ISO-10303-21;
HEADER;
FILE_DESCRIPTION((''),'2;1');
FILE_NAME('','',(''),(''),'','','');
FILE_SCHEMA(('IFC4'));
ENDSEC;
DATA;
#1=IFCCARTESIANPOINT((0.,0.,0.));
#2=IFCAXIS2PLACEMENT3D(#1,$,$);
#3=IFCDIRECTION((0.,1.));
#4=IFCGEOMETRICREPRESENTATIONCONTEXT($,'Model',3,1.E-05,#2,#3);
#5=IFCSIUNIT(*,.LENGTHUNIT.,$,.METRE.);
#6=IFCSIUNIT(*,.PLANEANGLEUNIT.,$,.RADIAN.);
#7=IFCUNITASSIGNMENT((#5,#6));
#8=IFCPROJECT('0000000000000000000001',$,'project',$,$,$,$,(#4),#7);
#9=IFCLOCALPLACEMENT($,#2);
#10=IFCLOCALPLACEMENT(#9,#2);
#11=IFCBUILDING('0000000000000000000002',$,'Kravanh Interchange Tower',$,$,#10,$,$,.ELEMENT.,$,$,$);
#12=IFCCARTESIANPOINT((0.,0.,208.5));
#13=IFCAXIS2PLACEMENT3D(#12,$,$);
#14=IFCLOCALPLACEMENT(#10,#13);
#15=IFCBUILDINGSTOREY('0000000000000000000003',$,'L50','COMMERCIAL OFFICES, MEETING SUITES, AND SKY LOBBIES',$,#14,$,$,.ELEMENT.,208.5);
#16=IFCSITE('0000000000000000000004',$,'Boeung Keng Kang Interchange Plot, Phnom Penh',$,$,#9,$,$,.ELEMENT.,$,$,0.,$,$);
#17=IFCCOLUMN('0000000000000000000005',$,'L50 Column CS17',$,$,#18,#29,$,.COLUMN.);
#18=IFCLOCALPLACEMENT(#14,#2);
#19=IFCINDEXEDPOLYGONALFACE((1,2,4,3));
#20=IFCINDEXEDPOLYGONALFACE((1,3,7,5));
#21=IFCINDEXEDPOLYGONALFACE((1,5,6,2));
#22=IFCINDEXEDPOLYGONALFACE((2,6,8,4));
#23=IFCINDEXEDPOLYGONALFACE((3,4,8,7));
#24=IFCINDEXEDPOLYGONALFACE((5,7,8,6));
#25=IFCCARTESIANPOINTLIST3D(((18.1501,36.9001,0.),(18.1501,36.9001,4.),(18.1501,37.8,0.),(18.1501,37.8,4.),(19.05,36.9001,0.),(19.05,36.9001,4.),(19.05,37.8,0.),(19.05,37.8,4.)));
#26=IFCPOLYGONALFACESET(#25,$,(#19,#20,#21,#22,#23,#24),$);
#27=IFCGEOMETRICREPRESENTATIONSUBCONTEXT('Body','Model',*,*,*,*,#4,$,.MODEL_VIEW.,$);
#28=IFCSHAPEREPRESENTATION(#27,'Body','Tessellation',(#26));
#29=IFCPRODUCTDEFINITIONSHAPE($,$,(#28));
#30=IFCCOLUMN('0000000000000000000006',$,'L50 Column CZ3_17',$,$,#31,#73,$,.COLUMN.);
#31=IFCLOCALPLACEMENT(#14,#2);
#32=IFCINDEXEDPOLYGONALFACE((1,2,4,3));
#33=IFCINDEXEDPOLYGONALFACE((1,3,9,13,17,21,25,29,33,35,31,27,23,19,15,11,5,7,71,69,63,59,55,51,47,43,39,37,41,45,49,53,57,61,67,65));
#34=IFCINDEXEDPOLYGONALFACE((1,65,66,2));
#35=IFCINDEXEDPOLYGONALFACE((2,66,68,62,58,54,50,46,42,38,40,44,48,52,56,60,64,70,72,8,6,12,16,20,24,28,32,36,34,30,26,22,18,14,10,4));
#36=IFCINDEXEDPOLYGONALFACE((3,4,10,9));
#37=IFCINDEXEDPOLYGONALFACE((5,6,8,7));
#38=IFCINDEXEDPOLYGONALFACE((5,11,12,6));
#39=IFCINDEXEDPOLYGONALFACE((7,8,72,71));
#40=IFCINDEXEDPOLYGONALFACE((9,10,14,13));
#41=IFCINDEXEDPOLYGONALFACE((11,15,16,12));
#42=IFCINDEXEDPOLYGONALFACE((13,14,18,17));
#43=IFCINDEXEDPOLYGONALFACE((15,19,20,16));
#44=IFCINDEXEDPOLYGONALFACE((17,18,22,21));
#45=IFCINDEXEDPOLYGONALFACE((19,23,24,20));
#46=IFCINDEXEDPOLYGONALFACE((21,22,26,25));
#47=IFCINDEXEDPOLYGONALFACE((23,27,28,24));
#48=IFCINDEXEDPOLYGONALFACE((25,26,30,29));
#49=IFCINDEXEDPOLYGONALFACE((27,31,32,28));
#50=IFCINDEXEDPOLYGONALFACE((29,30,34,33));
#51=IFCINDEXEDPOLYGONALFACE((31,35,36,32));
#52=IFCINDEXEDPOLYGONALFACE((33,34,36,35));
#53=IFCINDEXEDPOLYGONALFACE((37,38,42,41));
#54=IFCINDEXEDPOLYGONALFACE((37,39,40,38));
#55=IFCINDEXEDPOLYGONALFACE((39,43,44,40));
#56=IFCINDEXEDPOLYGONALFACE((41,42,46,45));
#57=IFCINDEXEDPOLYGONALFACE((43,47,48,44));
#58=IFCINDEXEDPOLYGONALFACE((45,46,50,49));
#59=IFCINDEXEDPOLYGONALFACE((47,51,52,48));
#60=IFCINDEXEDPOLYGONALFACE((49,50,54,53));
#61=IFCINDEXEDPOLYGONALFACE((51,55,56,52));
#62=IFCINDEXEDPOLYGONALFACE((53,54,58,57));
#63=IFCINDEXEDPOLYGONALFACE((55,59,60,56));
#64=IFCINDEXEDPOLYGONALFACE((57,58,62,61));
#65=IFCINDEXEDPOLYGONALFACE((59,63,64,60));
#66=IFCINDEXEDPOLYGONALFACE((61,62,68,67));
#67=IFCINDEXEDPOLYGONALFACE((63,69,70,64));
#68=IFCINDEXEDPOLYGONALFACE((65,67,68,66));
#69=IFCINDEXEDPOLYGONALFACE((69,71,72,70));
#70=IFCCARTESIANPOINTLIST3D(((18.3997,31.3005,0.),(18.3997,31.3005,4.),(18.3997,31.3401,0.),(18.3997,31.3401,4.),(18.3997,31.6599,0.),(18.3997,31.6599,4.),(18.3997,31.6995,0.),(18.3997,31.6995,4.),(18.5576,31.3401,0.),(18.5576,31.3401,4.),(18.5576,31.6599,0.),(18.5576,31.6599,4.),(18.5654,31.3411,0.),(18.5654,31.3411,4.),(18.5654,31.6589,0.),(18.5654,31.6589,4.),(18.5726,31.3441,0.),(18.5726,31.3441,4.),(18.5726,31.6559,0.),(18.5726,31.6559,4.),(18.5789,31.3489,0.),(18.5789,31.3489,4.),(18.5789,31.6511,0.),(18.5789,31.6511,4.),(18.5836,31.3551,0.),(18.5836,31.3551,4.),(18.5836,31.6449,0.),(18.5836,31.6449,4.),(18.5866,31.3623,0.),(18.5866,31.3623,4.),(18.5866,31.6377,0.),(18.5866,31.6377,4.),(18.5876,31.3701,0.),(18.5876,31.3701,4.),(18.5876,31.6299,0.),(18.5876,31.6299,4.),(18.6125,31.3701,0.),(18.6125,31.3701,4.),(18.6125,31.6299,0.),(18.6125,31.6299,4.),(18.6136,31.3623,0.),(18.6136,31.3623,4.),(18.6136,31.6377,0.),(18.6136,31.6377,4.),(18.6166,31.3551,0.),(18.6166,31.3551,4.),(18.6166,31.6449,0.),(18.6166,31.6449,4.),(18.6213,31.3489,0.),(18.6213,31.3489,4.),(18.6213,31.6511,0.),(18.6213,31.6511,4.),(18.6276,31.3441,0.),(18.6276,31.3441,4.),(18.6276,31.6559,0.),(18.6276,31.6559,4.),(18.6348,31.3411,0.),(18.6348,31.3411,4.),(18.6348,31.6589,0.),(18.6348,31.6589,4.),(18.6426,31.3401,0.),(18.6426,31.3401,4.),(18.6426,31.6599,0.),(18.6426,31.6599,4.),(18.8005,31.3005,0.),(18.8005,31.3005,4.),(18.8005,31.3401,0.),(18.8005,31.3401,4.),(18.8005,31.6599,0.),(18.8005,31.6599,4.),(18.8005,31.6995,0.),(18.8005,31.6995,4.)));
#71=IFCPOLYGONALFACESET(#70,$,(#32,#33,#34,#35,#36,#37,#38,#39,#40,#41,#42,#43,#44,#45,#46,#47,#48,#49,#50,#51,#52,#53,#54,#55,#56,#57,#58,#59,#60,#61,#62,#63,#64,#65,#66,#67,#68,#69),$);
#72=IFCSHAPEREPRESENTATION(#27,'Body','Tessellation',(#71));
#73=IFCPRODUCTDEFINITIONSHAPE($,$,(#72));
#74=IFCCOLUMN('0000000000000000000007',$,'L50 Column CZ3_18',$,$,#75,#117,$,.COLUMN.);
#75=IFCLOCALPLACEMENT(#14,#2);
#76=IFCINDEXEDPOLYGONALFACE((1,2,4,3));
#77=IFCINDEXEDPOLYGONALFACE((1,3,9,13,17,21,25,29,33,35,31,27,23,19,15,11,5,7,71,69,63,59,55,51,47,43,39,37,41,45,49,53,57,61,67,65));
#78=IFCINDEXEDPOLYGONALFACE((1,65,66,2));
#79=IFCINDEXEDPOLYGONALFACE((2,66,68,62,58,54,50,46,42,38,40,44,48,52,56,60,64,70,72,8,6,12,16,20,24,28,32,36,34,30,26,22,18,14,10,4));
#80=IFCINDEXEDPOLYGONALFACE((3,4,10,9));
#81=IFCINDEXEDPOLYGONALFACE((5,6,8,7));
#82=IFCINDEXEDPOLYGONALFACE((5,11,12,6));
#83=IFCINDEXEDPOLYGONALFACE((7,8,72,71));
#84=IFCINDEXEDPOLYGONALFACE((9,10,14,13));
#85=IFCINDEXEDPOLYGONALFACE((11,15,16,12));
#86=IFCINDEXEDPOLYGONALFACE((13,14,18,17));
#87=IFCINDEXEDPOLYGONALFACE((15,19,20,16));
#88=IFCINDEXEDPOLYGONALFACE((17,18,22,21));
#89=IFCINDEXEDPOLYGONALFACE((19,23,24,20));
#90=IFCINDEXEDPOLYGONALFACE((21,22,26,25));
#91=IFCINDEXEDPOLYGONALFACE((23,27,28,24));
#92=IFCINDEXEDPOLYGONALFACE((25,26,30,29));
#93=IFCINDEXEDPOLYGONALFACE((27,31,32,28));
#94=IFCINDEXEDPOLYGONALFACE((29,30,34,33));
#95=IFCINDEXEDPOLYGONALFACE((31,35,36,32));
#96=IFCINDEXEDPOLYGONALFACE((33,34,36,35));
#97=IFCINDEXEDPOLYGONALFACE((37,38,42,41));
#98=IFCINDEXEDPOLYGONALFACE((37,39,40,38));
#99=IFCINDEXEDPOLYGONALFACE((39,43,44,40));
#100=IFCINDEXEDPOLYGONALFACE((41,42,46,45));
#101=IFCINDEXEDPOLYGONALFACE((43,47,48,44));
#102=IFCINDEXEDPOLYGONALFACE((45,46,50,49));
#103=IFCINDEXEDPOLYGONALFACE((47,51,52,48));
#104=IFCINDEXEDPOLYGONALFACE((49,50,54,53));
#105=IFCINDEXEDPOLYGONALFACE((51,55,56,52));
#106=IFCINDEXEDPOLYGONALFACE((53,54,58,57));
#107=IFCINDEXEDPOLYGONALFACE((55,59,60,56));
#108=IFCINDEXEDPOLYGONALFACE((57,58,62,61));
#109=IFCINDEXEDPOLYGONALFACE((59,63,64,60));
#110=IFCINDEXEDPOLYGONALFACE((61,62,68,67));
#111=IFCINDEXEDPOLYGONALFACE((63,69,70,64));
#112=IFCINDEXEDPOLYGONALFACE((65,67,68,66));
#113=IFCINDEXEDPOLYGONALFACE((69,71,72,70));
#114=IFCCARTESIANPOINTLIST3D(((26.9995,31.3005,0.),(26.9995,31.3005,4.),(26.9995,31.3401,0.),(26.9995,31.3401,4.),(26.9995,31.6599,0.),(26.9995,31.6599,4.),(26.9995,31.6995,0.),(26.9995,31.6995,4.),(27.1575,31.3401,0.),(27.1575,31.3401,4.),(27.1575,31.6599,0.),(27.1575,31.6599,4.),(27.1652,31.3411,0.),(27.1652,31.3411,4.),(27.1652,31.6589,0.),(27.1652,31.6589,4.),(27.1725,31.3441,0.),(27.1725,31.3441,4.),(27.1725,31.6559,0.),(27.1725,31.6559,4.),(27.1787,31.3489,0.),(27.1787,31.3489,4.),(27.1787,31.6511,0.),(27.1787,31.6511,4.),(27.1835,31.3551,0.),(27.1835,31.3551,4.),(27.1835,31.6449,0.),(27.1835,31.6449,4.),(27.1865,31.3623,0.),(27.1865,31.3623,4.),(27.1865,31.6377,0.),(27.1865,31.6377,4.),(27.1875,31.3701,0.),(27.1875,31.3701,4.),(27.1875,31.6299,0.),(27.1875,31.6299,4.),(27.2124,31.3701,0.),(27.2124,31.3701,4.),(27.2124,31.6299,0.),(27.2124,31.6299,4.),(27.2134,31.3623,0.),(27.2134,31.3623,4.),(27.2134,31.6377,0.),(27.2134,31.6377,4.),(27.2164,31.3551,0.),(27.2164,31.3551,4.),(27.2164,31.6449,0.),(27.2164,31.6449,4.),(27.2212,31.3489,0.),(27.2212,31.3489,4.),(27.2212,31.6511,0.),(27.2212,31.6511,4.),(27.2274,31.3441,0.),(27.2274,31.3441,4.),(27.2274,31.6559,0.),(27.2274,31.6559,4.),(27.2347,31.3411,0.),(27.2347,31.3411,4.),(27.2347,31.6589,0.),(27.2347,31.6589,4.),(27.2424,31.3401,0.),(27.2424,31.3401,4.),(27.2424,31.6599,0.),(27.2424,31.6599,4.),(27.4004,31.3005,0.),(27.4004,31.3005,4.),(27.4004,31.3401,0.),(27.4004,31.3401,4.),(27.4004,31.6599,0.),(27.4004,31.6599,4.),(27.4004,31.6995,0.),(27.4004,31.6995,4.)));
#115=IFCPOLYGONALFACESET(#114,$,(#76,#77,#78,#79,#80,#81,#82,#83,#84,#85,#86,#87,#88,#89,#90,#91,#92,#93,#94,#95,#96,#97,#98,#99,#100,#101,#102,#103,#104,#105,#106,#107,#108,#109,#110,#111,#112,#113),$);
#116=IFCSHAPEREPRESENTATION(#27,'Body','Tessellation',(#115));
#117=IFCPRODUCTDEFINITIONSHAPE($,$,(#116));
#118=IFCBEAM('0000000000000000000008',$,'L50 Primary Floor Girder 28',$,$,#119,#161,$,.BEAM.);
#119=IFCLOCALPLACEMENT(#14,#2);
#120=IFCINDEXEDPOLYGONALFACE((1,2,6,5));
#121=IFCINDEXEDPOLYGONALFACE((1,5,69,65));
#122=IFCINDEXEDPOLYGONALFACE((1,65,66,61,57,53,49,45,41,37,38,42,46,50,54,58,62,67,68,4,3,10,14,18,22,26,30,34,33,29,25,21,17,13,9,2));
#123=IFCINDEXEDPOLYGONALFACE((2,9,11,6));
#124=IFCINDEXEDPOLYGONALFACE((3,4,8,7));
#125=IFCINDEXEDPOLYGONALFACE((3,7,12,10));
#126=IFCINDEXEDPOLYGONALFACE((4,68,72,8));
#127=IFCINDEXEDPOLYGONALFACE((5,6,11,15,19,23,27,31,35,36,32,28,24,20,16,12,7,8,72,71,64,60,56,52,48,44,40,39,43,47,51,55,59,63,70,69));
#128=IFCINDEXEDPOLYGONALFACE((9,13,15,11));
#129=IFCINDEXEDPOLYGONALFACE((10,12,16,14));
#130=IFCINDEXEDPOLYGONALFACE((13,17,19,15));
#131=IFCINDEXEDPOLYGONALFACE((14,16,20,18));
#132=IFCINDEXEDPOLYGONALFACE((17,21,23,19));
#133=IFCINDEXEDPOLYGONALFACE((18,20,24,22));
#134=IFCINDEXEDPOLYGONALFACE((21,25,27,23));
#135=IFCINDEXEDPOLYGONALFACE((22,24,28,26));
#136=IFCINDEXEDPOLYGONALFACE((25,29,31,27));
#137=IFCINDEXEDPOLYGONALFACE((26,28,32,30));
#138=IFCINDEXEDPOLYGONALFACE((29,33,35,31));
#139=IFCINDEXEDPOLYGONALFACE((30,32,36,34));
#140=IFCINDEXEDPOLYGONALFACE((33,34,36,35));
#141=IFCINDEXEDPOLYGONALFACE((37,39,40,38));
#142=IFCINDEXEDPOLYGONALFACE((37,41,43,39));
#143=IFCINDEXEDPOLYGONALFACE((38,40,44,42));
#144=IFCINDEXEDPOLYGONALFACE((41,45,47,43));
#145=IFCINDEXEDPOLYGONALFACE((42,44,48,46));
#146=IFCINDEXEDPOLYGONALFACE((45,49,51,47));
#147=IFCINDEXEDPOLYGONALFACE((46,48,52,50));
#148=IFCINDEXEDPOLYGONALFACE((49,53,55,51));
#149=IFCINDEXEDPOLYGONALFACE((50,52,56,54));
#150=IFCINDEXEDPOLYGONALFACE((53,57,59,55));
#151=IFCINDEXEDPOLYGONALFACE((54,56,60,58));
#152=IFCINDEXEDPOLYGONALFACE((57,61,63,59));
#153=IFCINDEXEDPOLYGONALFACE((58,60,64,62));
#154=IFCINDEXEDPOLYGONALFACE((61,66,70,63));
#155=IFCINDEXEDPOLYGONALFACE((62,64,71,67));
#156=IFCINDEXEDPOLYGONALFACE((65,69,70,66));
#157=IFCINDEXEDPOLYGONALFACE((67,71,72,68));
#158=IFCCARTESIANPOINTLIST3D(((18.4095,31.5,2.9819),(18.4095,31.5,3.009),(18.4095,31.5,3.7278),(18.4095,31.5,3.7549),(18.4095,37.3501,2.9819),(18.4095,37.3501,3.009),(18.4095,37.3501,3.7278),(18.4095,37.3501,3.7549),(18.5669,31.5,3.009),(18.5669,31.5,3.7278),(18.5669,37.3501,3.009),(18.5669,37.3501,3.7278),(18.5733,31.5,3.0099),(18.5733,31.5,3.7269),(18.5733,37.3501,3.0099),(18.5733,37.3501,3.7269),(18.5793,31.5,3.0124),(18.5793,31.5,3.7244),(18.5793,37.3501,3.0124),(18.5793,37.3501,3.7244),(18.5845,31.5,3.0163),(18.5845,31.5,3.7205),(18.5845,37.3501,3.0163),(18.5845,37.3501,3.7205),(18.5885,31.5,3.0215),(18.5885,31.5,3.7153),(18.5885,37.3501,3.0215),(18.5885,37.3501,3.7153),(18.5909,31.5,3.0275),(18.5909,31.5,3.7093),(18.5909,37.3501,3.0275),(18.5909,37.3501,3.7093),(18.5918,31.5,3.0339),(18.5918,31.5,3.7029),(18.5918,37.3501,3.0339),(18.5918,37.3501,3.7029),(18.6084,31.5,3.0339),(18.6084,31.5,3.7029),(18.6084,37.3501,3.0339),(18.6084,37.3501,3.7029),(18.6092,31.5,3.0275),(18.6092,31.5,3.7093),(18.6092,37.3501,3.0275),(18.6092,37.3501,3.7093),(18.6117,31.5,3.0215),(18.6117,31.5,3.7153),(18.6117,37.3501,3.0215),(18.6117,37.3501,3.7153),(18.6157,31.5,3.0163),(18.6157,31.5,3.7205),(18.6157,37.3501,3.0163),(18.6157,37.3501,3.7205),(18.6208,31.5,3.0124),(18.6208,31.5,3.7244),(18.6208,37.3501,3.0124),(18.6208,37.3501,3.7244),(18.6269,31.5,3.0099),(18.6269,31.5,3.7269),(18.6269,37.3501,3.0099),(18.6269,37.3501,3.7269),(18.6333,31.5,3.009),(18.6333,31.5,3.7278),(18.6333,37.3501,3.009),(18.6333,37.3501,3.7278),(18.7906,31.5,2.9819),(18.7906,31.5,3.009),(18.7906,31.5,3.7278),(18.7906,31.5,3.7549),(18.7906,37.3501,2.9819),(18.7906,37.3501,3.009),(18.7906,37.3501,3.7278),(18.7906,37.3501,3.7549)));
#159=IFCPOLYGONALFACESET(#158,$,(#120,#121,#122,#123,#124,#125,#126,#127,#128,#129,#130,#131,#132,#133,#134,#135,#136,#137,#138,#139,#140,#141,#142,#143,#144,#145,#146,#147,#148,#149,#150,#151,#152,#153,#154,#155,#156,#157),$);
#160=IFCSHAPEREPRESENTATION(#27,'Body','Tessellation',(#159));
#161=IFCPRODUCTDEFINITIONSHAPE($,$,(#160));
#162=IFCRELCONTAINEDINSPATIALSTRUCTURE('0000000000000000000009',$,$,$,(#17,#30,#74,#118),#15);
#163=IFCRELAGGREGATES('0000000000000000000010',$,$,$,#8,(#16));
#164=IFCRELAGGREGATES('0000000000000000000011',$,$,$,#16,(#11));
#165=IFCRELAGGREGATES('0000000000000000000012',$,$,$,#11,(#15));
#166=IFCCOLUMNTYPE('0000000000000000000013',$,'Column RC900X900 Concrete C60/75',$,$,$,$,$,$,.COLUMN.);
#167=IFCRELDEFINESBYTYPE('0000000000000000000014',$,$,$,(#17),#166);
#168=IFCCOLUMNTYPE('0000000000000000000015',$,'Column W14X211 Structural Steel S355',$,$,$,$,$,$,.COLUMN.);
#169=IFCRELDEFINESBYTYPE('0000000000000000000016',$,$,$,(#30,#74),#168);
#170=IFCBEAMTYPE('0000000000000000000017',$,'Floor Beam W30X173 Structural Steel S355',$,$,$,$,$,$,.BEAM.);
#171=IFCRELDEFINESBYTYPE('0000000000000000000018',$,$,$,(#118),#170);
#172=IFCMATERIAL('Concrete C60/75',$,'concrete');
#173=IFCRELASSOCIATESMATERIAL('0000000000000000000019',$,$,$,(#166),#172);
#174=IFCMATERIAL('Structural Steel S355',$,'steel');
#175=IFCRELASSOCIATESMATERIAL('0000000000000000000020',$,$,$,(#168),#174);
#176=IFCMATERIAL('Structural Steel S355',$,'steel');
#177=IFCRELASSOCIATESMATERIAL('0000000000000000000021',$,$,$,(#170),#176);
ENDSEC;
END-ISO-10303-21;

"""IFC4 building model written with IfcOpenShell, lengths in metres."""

from ifc_helpers import new_model, si_unit, direction, frame, origin, origin_2d, place, context, subcontext, project, spatial, rectangle, i_section, extrude, material, material_profile, profile_set, type_object, element, save


model = new_model("IFC4")

# Units and contexts
model_context = context("Model", 3, precision=1e-05, world=origin(), true_north=direction((0.0, 1.0)))
body_context = subcontext(model_context, "Body", "Model", "MODEL_VIEW")
ifc_project = project(units=[si_unit("LENGTHUNIT", "METRE"), si_unit("PLANEANGLEUNIT", "RADIAN")], contexts=[model_context])

# Site, building, storey
site_placement = place(None, origin())
site = spatial("IfcSite", under=ifc_project, at=site_placement, Name="Boeung Keng Kang Interchange Plot, Phnom Penh", CompositionType="ELEMENT", RefElevation=0.0)
building_placement = place(site_placement, origin())
building = spatial("IfcBuilding", under=site, at=building_placement, Name="Kravanh Interchange Tower", CompositionType="ELEMENT")
storey_placement = place(building_placement, frame((0.0, 0.0, 208.5)))
storey = spatial("IfcBuildingStorey", under=building, at=storey_placement, Name="L50", Description="COMMERCIAL OFFICES, MEETING SUITES, AND SKY LOBBIES", CompositionType="ELEMENT", Elevation=208.5)

# Columns
ifc_material_1 = material(Name="Concrete C60/75", Category="concrete")
ifc_material_profile_1 = material_profile(ifc_material_1, rectangle(XDim=0.8999, YDim=0.8999, at=origin_2d()), Name="RC900X900")
ifc_profile_set_1 = profile_set([ifc_material_profile_1], Name="Concrete C60/75")
column_type_1 = type_object("IfcColumnType", Name="Column RC900X900 Concrete C60/75", PredefinedType="COLUMN", material=ifc_profile_set_1)
column_placement = place(storey_placement, frame((18.6001, 37.3501, 0.0), z_axis=(0.0, 0.0, 1.0), x_axis=(1.0, 0.0, 0.0)))
element("IfcColumn", 1, at=column_placement, inside=storey, type_object=column_type_1, Name="L50 Column CS17", PredefinedType="COLUMN", context=body_context, shape_type="SweptSolid", body=[
    extrude(rectangle(XDim=0.8999, YDim=0.8999, at=origin_2d()), origin(), (0.0, 0.0, 1.0), 4.0),
])
ifc_material_2 = material(Name="Structural Steel S355", Category="steel")
ifc_material_profile_2 = material_profile(ifc_material_2, i_section(OverallWidth=0.4009, OverallDepth=0.3989, WebThickness=0.0249, FlangeThickness=0.0396, FilletRadius=0.03, at=origin_2d()), Name="W14X211")
ifc_profile_set_2 = profile_set([ifc_material_profile_2], Name="Structural Steel S355")
column_type_2 = type_object("IfcColumnType", Name="Column W14X211 Structural Steel S355", PredefinedType="COLUMN", material=ifc_profile_set_2)
for number, where, z_axis, x_axis, name in (
    (2, (18.6001, 31.5, 0.0), (0.0, 0.0, 1.0), (1.0, 0.0, 0.0), "L50 Column CZ3_17"),
    (3, (27.2, 31.5, 0.0), (0.0, 0.0, 1.0), (1.0, 0.0, 0.0), "L50 Column CZ3_18"),
):
    element("IfcColumn", number, at=place(storey_placement, frame(where, z_axis=z_axis, x_axis=x_axis)), inside=storey, type_object=column_type_2, Name=name, PredefinedType="COLUMN", context=body_context, shape_type="SweptSolid", body=[
        extrude(i_section(OverallWidth=0.4009, OverallDepth=0.3989, WebThickness=0.0249, FlangeThickness=0.0396, FilletRadius=0.03, at=origin_2d()), origin(), (0.0, 0.0, 1.0), 4.0),
    ])

# Beam
ifc_material_3 = material(Name="Structural Steel S355", Category="steel")
ifc_material_profile_3 = material_profile(ifc_material_3, i_section(OverallWidth=0.3811, OverallDepth=0.7729, WebThickness=0.0166, FlangeThickness=0.0271, FilletRadius=0.0249, at=origin_2d()), Name="W30X173")
ifc_profile_set_3 = profile_set([ifc_material_profile_3], Name="Structural Steel S355")
beam_type_1 = type_object("IfcBeamType", Name="Floor Beam W30X173 Structural Steel S355", PredefinedType="BEAM", material=ifc_profile_set_3)
beam_1_placement = place(storey_placement, frame((18.6001, 37.3501, 3.3684), z_axis=(0.0, -1.0, 0.0), x_axis=(1.0, 0.0, 0.0)))
element("IfcBeam", 4, at=beam_1_placement, inside=storey, type_object=beam_type_1, Name="L50 Primary Floor Girder 28", PredefinedType="BEAM", context=body_context, shape_type="SweptSolid", body=[
    extrude(i_section(OverallWidth=0.3811, OverallDepth=0.7729, WebThickness=0.0166, FlangeThickness=0.0271, FilletRadius=0.0249, at=origin_2d()), origin(), (0.0, 0.0, 1.0), 5.8501),
])

save(model, "model.ifc")
